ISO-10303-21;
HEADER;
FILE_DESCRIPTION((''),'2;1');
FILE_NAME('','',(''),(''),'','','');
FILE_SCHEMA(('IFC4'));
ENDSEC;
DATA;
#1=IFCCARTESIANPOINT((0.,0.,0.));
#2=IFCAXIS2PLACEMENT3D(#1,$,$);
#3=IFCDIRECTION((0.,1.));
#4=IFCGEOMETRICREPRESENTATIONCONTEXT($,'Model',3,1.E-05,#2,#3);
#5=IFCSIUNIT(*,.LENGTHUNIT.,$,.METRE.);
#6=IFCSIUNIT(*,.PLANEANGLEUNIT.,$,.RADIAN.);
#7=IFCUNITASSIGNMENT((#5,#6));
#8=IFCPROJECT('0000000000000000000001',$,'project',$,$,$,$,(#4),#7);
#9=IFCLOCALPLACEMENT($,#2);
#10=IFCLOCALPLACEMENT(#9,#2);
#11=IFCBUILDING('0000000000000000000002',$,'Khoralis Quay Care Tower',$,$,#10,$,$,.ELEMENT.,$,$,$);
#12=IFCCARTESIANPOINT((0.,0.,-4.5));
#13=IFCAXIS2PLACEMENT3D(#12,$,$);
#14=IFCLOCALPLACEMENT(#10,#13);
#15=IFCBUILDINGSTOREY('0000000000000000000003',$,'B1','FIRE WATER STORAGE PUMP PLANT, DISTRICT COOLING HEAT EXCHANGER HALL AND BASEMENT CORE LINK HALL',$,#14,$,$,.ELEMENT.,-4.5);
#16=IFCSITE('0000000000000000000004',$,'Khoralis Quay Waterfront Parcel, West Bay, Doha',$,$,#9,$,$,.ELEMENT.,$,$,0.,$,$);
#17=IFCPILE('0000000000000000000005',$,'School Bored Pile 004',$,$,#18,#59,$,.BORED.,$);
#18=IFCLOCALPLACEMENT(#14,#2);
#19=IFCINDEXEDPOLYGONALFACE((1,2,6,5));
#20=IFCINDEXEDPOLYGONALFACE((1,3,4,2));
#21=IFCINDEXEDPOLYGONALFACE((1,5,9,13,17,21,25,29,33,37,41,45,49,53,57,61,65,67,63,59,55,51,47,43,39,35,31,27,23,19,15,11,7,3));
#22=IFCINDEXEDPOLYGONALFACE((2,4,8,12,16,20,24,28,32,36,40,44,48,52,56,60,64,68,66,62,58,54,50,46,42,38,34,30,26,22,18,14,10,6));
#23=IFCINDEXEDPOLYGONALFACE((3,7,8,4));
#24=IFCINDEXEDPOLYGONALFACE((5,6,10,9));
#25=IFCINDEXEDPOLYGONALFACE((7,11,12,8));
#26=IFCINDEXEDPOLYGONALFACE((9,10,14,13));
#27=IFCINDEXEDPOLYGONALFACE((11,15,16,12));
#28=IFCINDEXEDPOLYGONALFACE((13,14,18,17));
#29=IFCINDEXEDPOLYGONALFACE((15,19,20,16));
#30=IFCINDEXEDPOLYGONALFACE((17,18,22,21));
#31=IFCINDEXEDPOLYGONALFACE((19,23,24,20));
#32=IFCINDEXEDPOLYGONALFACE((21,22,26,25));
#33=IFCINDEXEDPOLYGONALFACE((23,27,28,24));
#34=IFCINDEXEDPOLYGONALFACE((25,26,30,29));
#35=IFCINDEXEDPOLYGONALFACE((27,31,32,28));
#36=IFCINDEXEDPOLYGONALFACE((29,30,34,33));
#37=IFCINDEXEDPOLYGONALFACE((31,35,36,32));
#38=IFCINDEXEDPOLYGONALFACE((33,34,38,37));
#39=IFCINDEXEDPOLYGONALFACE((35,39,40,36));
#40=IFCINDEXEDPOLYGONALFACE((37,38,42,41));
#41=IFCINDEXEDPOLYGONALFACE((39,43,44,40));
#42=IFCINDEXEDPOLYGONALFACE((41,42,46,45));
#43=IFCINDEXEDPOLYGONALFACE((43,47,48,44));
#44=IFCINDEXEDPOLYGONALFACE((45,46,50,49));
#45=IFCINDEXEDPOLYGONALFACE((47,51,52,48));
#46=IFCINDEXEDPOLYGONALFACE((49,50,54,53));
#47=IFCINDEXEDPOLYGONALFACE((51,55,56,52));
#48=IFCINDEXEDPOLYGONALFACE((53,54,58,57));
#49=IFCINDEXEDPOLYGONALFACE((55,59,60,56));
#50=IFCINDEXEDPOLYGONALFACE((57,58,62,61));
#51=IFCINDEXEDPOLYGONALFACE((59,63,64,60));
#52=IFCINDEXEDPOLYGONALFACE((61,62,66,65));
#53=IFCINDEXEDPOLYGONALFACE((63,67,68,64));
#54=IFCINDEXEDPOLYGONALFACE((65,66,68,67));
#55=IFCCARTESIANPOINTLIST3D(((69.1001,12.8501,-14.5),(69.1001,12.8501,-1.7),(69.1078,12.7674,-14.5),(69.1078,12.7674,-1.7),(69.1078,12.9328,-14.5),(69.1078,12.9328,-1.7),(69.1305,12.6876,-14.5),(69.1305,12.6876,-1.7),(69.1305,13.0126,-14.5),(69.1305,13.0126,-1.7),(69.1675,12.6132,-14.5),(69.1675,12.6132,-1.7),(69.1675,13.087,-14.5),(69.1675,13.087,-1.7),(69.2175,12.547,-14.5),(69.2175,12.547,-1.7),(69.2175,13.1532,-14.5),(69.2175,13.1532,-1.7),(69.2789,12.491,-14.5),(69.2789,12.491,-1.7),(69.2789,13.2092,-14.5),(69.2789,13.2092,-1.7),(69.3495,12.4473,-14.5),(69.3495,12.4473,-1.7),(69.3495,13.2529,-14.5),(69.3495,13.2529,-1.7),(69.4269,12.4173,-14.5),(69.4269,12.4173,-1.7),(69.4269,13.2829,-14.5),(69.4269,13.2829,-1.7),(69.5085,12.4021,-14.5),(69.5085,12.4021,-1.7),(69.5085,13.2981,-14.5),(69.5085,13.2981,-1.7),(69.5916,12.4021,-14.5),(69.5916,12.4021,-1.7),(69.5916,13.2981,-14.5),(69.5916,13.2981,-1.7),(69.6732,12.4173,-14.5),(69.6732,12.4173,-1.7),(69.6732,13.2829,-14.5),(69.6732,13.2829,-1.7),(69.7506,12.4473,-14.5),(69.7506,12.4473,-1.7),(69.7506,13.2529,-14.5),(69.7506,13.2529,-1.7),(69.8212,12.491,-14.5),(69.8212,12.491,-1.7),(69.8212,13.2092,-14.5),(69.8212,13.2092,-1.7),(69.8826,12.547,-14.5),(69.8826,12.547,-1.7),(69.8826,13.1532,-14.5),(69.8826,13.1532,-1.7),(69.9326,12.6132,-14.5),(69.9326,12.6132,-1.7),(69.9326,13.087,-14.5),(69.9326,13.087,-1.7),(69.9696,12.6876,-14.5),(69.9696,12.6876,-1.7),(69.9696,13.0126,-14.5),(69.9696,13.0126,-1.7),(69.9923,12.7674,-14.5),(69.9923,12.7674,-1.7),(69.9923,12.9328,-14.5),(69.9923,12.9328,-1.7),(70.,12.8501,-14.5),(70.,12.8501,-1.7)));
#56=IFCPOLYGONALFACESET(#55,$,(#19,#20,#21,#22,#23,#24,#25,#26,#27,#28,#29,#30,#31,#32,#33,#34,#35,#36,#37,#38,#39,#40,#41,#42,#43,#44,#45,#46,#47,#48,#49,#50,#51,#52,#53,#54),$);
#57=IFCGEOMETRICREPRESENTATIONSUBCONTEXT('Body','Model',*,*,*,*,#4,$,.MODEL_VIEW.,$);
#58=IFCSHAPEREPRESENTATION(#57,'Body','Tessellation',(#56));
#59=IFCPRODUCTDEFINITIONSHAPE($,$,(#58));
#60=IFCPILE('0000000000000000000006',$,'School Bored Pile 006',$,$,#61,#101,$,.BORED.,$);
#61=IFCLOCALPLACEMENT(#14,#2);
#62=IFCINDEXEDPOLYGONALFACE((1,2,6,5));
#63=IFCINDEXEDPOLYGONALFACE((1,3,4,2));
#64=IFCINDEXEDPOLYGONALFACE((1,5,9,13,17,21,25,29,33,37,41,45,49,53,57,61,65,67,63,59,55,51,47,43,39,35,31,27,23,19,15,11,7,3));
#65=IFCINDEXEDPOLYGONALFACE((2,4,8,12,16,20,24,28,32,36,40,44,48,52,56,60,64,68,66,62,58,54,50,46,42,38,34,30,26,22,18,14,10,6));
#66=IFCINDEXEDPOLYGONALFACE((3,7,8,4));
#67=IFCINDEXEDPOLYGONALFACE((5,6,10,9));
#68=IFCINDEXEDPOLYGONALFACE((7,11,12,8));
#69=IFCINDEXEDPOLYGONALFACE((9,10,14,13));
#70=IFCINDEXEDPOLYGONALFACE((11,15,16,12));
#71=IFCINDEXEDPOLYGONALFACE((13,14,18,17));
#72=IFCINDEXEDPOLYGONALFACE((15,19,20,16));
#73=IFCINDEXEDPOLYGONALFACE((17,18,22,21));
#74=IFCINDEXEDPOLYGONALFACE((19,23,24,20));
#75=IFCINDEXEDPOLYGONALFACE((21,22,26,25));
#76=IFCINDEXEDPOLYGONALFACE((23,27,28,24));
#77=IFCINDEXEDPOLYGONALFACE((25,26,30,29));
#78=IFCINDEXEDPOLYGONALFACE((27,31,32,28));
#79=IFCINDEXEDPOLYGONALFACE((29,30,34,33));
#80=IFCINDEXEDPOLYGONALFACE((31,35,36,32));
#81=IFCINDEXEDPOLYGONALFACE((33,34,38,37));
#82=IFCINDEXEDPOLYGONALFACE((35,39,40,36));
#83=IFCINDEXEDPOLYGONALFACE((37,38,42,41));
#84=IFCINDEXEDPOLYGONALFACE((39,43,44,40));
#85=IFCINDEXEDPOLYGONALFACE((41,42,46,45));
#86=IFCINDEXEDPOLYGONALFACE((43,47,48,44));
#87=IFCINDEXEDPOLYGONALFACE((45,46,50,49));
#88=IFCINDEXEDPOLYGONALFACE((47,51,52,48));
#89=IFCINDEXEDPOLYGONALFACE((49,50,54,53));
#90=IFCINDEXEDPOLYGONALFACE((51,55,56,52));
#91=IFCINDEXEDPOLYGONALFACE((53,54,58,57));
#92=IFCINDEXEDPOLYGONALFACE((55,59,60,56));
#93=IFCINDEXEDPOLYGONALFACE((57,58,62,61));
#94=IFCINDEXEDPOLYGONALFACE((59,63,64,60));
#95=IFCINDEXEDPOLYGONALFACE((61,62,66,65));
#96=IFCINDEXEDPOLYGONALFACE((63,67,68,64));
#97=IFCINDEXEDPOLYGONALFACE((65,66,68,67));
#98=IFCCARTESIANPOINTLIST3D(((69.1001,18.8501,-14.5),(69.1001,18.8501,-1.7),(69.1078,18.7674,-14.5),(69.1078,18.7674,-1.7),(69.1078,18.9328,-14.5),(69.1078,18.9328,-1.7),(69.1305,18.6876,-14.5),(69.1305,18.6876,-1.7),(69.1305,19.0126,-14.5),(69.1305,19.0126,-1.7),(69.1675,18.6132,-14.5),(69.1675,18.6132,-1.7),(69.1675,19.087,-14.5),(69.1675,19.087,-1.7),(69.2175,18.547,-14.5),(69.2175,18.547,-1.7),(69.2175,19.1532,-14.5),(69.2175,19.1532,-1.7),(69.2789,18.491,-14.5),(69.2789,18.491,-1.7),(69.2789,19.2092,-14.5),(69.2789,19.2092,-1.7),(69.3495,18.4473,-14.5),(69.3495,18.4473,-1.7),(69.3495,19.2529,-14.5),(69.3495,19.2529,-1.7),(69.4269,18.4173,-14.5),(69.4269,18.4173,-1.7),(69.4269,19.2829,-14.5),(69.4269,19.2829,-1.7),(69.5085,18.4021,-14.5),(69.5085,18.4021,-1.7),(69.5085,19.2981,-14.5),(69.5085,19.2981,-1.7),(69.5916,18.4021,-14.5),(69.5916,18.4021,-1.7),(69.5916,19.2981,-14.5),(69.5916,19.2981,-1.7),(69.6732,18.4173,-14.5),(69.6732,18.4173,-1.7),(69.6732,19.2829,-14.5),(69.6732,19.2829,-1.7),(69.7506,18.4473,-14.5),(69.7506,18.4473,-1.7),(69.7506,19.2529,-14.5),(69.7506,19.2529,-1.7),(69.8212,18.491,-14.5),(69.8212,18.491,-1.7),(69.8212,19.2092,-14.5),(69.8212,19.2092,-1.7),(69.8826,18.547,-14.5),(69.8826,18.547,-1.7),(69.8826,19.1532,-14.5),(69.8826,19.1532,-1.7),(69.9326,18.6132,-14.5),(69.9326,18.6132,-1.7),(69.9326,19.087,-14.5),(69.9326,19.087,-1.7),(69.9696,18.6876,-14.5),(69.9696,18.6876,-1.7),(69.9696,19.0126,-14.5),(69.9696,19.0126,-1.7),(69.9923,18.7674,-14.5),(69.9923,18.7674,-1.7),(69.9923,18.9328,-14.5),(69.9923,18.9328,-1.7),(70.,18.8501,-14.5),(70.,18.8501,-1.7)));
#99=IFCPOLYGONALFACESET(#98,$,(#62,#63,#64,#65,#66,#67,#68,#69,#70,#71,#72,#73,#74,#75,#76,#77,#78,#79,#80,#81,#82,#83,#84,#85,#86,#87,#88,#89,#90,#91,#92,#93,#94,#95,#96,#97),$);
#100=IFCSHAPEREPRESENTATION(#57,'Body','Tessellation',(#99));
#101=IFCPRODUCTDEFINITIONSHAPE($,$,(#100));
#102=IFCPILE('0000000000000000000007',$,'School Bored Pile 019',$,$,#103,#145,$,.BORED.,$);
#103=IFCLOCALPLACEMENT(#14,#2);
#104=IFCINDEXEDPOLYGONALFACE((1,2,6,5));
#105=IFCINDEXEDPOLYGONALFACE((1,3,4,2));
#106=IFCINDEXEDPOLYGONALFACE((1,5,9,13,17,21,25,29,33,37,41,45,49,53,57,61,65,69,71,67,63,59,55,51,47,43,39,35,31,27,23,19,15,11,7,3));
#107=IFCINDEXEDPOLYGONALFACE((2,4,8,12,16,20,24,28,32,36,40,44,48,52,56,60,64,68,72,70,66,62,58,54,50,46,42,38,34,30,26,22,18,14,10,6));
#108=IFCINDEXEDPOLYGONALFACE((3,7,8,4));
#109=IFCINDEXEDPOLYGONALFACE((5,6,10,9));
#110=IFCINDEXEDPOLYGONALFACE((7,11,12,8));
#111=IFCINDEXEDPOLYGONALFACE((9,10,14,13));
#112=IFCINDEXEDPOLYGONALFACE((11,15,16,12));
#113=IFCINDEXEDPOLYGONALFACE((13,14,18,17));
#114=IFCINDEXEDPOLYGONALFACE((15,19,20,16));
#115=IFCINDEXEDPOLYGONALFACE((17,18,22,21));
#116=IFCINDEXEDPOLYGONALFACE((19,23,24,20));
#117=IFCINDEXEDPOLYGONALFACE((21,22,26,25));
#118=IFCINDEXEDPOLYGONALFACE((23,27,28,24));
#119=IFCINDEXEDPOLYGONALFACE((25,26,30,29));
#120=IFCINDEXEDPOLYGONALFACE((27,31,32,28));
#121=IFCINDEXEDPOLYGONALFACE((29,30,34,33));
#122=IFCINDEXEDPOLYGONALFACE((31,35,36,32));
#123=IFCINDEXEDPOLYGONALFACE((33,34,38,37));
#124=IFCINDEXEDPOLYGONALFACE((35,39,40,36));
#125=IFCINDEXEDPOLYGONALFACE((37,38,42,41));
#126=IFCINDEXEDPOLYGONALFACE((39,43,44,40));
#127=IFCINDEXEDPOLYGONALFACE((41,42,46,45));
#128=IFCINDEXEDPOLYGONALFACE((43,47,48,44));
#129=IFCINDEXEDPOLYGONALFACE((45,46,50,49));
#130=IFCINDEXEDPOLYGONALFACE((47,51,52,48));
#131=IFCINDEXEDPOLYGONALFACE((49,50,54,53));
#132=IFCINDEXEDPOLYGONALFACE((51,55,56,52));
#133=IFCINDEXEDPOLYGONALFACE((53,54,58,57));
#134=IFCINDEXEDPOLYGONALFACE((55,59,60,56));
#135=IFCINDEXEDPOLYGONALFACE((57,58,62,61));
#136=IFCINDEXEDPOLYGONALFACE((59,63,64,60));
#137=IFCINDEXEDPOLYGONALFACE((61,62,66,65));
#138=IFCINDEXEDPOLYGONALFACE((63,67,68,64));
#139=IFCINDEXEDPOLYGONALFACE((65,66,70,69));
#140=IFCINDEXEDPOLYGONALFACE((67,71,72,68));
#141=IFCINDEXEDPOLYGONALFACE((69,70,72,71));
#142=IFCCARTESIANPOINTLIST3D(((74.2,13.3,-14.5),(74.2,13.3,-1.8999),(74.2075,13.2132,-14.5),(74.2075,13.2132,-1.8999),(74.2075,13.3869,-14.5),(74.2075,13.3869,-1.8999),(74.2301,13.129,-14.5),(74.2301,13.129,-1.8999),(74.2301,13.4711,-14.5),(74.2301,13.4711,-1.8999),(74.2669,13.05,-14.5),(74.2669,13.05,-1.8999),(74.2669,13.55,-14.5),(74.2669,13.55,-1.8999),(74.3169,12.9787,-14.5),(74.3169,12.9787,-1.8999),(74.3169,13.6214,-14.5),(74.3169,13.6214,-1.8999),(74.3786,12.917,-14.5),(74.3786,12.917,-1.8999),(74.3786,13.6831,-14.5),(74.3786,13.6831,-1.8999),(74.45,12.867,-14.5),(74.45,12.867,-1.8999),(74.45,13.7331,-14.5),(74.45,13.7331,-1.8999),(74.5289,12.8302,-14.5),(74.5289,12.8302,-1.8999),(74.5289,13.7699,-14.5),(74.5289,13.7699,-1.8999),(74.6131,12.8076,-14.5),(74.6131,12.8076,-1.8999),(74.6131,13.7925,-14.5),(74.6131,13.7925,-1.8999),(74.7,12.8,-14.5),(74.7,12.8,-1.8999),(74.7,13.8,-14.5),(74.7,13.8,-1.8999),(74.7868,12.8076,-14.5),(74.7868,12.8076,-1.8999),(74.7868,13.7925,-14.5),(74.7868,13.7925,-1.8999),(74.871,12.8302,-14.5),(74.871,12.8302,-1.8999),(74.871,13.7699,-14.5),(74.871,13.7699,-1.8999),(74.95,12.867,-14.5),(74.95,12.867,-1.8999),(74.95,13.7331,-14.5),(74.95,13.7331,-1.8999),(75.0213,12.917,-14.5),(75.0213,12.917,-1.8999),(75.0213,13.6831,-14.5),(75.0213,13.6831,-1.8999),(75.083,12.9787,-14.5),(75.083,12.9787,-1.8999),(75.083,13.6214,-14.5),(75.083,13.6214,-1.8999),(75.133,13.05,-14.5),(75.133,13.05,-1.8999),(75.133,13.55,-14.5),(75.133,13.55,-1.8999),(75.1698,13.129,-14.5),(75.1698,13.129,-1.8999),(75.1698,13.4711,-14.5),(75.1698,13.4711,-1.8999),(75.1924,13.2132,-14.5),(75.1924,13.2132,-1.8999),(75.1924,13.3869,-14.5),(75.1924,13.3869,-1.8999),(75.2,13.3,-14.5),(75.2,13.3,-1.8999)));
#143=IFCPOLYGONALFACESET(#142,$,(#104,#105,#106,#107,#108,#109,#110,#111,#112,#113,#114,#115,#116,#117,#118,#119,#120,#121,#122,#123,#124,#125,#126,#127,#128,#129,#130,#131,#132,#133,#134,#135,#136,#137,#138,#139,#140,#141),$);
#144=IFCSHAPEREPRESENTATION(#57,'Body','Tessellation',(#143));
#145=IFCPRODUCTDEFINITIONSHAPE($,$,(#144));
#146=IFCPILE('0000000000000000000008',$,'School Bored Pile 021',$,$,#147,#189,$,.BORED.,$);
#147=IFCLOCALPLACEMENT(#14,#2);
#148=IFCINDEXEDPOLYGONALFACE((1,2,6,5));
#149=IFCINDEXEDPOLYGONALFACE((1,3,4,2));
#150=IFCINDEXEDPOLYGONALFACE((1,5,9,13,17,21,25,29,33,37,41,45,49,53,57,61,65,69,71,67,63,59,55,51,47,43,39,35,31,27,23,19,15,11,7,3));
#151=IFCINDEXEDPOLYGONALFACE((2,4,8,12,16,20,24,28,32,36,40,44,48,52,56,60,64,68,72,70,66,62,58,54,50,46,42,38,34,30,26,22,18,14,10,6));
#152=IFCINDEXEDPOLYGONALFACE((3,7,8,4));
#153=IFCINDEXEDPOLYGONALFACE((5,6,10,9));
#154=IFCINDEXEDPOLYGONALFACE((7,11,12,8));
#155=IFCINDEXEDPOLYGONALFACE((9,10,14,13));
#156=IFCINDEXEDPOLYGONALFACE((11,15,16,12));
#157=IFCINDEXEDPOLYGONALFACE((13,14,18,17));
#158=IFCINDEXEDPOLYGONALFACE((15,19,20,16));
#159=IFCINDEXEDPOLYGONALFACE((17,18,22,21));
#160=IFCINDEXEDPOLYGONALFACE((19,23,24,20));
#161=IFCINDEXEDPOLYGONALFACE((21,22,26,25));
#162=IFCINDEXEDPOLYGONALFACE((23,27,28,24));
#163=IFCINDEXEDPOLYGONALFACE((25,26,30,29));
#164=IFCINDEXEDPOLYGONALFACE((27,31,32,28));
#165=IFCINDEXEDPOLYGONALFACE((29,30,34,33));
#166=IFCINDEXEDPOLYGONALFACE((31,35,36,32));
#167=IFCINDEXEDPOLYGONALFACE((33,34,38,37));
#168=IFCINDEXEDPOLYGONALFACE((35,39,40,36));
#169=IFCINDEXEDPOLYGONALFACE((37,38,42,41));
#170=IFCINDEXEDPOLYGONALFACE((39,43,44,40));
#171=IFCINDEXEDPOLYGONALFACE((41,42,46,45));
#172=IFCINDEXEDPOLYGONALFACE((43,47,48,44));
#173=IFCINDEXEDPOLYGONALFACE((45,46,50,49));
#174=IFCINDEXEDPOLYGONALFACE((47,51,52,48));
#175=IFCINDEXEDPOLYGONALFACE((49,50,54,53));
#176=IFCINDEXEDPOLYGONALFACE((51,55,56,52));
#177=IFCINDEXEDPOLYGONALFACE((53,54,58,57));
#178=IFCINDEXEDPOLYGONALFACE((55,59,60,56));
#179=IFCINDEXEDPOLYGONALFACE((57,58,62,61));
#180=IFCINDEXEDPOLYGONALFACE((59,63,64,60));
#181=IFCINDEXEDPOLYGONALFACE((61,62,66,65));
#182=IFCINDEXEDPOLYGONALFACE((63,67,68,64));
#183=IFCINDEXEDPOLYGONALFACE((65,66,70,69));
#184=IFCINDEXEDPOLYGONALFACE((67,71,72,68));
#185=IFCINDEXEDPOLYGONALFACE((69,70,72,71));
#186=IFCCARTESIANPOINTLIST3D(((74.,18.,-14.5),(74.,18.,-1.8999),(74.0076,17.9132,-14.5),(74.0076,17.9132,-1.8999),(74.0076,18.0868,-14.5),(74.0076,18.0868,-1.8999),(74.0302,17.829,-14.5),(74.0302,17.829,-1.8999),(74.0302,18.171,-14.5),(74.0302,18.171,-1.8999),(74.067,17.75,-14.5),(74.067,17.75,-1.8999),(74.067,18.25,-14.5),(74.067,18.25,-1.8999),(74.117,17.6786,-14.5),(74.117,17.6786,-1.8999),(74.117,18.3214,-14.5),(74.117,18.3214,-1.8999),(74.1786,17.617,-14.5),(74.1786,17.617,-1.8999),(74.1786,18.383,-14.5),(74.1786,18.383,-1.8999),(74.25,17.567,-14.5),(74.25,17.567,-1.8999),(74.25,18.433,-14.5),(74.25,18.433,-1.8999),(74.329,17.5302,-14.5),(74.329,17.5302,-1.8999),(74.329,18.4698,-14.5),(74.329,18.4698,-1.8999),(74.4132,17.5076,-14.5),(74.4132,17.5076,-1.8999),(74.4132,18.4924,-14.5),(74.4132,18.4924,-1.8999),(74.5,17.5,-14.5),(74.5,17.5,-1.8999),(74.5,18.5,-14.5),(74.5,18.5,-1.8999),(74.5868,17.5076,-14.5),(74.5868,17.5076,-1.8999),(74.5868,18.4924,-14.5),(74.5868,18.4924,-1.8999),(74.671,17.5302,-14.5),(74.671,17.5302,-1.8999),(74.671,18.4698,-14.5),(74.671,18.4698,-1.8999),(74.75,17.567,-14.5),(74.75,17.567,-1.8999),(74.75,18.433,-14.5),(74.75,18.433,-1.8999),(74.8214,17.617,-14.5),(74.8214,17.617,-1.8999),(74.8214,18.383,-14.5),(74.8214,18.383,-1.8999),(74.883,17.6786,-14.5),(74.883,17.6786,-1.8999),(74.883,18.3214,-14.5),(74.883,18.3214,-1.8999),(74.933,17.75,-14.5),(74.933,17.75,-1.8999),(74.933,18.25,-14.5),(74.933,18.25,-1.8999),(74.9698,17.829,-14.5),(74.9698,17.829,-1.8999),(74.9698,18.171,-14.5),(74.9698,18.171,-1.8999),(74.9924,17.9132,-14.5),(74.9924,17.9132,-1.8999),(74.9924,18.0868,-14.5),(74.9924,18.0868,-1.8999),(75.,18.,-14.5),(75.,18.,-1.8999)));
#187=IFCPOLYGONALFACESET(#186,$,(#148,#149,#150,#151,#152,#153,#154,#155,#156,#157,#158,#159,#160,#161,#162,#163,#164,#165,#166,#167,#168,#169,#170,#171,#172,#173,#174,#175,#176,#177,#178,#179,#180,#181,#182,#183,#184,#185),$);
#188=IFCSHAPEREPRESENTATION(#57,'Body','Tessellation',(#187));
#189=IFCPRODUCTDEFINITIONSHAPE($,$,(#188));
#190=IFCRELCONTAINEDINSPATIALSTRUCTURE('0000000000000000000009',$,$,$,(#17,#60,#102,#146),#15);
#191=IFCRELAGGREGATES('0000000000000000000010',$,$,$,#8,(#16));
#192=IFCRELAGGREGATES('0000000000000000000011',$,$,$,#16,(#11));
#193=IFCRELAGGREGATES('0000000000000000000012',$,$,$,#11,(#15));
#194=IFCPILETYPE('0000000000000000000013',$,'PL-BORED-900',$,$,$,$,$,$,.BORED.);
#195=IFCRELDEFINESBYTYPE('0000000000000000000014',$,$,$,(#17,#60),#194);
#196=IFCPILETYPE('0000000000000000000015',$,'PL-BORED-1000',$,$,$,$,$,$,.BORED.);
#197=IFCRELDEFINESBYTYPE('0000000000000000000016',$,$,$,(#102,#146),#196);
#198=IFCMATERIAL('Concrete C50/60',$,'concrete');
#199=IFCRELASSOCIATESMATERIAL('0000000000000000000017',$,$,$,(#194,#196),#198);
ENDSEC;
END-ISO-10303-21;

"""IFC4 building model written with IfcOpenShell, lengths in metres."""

from ifc_helpers import new_model, si_unit, direction, frame, origin, origin_2d, place, context, subcontext, project, spatial, circle, extrude, source, transform, mapped, material, material_profile, profile_set, type_object, element, save


model = new_model("IFC4")

# Units and contexts
model_context = context("Model", 3, precision=1e-05, world=origin(), true_north=direction((0.0, 1.0)))
body_context = subcontext(model_context, "Body", "Model", "MODEL_VIEW")
ifc_project = project(units=[si_unit("LENGTHUNIT", "METRE"), si_unit("PLANEANGLEUNIT", "RADIAN")], contexts=[model_context])

# Site, building, storey
site_placement = place(None, origin())
site = spatial("IfcSite", under=ifc_project, at=site_placement, Name="Khoralis Quay Waterfront Parcel, West Bay, Doha", CompositionType="ELEMENT", RefElevation=0.0)
building_placement = place(site_placement, origin())
building = spatial("IfcBuilding", under=site, at=building_placement, Name="Khoralis Quay Care Tower", CompositionType="ELEMENT")
storey_placement = place(building_placement, frame((0.0, 0.0, -4.5)))
storey = spatial("IfcBuildingStorey", under=building, at=storey_placement, Name="B1", Description="FIRE WATER STORAGE PUMP PLANT, DISTRICT COOLING HEAT EXCHANGER HALL AND BASEMENT CORE LINK HALL", CompositionType="ELEMENT", Elevation=-4.5)

# Piles
ifc_material_1 = material(Name="Concrete C50/60", Category="concrete")
ifc_material_profile_1 = material_profile(ifc_material_1, circle(Radius=0.45, at=origin_2d()), Name="Concrete C50/60")
ifc_profile_set_1 = profile_set([ifc_material_profile_1], Name="Concrete C50/60")
pile_type_1 = type_object("IfcPileType", Name="PL-BORED-900", PredefinedType="BORED", material=ifc_profile_set_1)
shared_shape_1 = source(origin(), body_context, "Body", "SweptSolid", [
    extrude(circle(Radius=0.45, at=origin_2d()), origin(), (0.0, 0.0, 1.0), 12.8),
])
for number, where, z_axis, x_axis, name in (
    (1, (69.55, 12.8501, -1.7), (0.0, 0.0, -1.0), (1.0, 0.0, 0.0), "School Bored Pile 004"),
    (2, (69.55, 18.8501, -1.7), (0.0, 0.0, -1.0), (1.0, 0.0, 0.0), "School Bored Pile 006"),
):
    element("IfcPile", number, at=place(storey_placement, frame(where, z_axis=z_axis, x_axis=x_axis)), inside=storey, type_object=pile_type_1, Name=name, PredefinedType="BORED", context=body_context, shape_type="MappedRepresentation", body=[
        mapped(shared_shape_1, transform((0.0, 0.0, 0.0), scale=1.0)),
    ])
ifc_material_profile_2 = material_profile(ifc_material_1, circle(Radius=0.5, at=origin_2d()), Name="Concrete C50/60")
ifc_profile_set_2 = profile_set([ifc_material_profile_2], Name="Concrete C50/60")
pile_type_2 = type_object("IfcPileType", Name="PL-BORED-1000", PredefinedType="BORED", material=ifc_profile_set_2)
shared_shape_2 = source(origin(), body_context, "Body", "SweptSolid", [
    extrude(circle(Radius=0.5, at=origin_2d()), origin(), (0.0, 0.0, 1.0), 12.6001),
])
for number, where, z_axis, x_axis, name in (
    (3, (74.7, 13.3, -1.8999), (0.0, 0.0, -1.0), (1.0, 0.0, 0.0), "School Bored Pile 019"),
    (4, (74.5, 18.0, -1.8999), (0.0, 0.0, -1.0), (1.0, 0.0, 0.0), "School Bored Pile 021"),
):
    element("IfcPile", number, at=place(storey_placement, frame(where, z_axis=z_axis, x_axis=x_axis)), inside=storey, type_object=pile_type_2, Name=name, PredefinedType="BORED", context=body_context, shape_type="MappedRepresentation", body=[
        mapped(shared_shape_2, transform((0.0, 0.0, 0.0), scale=1.0)),
    ])

save(model, "model.ifc")
